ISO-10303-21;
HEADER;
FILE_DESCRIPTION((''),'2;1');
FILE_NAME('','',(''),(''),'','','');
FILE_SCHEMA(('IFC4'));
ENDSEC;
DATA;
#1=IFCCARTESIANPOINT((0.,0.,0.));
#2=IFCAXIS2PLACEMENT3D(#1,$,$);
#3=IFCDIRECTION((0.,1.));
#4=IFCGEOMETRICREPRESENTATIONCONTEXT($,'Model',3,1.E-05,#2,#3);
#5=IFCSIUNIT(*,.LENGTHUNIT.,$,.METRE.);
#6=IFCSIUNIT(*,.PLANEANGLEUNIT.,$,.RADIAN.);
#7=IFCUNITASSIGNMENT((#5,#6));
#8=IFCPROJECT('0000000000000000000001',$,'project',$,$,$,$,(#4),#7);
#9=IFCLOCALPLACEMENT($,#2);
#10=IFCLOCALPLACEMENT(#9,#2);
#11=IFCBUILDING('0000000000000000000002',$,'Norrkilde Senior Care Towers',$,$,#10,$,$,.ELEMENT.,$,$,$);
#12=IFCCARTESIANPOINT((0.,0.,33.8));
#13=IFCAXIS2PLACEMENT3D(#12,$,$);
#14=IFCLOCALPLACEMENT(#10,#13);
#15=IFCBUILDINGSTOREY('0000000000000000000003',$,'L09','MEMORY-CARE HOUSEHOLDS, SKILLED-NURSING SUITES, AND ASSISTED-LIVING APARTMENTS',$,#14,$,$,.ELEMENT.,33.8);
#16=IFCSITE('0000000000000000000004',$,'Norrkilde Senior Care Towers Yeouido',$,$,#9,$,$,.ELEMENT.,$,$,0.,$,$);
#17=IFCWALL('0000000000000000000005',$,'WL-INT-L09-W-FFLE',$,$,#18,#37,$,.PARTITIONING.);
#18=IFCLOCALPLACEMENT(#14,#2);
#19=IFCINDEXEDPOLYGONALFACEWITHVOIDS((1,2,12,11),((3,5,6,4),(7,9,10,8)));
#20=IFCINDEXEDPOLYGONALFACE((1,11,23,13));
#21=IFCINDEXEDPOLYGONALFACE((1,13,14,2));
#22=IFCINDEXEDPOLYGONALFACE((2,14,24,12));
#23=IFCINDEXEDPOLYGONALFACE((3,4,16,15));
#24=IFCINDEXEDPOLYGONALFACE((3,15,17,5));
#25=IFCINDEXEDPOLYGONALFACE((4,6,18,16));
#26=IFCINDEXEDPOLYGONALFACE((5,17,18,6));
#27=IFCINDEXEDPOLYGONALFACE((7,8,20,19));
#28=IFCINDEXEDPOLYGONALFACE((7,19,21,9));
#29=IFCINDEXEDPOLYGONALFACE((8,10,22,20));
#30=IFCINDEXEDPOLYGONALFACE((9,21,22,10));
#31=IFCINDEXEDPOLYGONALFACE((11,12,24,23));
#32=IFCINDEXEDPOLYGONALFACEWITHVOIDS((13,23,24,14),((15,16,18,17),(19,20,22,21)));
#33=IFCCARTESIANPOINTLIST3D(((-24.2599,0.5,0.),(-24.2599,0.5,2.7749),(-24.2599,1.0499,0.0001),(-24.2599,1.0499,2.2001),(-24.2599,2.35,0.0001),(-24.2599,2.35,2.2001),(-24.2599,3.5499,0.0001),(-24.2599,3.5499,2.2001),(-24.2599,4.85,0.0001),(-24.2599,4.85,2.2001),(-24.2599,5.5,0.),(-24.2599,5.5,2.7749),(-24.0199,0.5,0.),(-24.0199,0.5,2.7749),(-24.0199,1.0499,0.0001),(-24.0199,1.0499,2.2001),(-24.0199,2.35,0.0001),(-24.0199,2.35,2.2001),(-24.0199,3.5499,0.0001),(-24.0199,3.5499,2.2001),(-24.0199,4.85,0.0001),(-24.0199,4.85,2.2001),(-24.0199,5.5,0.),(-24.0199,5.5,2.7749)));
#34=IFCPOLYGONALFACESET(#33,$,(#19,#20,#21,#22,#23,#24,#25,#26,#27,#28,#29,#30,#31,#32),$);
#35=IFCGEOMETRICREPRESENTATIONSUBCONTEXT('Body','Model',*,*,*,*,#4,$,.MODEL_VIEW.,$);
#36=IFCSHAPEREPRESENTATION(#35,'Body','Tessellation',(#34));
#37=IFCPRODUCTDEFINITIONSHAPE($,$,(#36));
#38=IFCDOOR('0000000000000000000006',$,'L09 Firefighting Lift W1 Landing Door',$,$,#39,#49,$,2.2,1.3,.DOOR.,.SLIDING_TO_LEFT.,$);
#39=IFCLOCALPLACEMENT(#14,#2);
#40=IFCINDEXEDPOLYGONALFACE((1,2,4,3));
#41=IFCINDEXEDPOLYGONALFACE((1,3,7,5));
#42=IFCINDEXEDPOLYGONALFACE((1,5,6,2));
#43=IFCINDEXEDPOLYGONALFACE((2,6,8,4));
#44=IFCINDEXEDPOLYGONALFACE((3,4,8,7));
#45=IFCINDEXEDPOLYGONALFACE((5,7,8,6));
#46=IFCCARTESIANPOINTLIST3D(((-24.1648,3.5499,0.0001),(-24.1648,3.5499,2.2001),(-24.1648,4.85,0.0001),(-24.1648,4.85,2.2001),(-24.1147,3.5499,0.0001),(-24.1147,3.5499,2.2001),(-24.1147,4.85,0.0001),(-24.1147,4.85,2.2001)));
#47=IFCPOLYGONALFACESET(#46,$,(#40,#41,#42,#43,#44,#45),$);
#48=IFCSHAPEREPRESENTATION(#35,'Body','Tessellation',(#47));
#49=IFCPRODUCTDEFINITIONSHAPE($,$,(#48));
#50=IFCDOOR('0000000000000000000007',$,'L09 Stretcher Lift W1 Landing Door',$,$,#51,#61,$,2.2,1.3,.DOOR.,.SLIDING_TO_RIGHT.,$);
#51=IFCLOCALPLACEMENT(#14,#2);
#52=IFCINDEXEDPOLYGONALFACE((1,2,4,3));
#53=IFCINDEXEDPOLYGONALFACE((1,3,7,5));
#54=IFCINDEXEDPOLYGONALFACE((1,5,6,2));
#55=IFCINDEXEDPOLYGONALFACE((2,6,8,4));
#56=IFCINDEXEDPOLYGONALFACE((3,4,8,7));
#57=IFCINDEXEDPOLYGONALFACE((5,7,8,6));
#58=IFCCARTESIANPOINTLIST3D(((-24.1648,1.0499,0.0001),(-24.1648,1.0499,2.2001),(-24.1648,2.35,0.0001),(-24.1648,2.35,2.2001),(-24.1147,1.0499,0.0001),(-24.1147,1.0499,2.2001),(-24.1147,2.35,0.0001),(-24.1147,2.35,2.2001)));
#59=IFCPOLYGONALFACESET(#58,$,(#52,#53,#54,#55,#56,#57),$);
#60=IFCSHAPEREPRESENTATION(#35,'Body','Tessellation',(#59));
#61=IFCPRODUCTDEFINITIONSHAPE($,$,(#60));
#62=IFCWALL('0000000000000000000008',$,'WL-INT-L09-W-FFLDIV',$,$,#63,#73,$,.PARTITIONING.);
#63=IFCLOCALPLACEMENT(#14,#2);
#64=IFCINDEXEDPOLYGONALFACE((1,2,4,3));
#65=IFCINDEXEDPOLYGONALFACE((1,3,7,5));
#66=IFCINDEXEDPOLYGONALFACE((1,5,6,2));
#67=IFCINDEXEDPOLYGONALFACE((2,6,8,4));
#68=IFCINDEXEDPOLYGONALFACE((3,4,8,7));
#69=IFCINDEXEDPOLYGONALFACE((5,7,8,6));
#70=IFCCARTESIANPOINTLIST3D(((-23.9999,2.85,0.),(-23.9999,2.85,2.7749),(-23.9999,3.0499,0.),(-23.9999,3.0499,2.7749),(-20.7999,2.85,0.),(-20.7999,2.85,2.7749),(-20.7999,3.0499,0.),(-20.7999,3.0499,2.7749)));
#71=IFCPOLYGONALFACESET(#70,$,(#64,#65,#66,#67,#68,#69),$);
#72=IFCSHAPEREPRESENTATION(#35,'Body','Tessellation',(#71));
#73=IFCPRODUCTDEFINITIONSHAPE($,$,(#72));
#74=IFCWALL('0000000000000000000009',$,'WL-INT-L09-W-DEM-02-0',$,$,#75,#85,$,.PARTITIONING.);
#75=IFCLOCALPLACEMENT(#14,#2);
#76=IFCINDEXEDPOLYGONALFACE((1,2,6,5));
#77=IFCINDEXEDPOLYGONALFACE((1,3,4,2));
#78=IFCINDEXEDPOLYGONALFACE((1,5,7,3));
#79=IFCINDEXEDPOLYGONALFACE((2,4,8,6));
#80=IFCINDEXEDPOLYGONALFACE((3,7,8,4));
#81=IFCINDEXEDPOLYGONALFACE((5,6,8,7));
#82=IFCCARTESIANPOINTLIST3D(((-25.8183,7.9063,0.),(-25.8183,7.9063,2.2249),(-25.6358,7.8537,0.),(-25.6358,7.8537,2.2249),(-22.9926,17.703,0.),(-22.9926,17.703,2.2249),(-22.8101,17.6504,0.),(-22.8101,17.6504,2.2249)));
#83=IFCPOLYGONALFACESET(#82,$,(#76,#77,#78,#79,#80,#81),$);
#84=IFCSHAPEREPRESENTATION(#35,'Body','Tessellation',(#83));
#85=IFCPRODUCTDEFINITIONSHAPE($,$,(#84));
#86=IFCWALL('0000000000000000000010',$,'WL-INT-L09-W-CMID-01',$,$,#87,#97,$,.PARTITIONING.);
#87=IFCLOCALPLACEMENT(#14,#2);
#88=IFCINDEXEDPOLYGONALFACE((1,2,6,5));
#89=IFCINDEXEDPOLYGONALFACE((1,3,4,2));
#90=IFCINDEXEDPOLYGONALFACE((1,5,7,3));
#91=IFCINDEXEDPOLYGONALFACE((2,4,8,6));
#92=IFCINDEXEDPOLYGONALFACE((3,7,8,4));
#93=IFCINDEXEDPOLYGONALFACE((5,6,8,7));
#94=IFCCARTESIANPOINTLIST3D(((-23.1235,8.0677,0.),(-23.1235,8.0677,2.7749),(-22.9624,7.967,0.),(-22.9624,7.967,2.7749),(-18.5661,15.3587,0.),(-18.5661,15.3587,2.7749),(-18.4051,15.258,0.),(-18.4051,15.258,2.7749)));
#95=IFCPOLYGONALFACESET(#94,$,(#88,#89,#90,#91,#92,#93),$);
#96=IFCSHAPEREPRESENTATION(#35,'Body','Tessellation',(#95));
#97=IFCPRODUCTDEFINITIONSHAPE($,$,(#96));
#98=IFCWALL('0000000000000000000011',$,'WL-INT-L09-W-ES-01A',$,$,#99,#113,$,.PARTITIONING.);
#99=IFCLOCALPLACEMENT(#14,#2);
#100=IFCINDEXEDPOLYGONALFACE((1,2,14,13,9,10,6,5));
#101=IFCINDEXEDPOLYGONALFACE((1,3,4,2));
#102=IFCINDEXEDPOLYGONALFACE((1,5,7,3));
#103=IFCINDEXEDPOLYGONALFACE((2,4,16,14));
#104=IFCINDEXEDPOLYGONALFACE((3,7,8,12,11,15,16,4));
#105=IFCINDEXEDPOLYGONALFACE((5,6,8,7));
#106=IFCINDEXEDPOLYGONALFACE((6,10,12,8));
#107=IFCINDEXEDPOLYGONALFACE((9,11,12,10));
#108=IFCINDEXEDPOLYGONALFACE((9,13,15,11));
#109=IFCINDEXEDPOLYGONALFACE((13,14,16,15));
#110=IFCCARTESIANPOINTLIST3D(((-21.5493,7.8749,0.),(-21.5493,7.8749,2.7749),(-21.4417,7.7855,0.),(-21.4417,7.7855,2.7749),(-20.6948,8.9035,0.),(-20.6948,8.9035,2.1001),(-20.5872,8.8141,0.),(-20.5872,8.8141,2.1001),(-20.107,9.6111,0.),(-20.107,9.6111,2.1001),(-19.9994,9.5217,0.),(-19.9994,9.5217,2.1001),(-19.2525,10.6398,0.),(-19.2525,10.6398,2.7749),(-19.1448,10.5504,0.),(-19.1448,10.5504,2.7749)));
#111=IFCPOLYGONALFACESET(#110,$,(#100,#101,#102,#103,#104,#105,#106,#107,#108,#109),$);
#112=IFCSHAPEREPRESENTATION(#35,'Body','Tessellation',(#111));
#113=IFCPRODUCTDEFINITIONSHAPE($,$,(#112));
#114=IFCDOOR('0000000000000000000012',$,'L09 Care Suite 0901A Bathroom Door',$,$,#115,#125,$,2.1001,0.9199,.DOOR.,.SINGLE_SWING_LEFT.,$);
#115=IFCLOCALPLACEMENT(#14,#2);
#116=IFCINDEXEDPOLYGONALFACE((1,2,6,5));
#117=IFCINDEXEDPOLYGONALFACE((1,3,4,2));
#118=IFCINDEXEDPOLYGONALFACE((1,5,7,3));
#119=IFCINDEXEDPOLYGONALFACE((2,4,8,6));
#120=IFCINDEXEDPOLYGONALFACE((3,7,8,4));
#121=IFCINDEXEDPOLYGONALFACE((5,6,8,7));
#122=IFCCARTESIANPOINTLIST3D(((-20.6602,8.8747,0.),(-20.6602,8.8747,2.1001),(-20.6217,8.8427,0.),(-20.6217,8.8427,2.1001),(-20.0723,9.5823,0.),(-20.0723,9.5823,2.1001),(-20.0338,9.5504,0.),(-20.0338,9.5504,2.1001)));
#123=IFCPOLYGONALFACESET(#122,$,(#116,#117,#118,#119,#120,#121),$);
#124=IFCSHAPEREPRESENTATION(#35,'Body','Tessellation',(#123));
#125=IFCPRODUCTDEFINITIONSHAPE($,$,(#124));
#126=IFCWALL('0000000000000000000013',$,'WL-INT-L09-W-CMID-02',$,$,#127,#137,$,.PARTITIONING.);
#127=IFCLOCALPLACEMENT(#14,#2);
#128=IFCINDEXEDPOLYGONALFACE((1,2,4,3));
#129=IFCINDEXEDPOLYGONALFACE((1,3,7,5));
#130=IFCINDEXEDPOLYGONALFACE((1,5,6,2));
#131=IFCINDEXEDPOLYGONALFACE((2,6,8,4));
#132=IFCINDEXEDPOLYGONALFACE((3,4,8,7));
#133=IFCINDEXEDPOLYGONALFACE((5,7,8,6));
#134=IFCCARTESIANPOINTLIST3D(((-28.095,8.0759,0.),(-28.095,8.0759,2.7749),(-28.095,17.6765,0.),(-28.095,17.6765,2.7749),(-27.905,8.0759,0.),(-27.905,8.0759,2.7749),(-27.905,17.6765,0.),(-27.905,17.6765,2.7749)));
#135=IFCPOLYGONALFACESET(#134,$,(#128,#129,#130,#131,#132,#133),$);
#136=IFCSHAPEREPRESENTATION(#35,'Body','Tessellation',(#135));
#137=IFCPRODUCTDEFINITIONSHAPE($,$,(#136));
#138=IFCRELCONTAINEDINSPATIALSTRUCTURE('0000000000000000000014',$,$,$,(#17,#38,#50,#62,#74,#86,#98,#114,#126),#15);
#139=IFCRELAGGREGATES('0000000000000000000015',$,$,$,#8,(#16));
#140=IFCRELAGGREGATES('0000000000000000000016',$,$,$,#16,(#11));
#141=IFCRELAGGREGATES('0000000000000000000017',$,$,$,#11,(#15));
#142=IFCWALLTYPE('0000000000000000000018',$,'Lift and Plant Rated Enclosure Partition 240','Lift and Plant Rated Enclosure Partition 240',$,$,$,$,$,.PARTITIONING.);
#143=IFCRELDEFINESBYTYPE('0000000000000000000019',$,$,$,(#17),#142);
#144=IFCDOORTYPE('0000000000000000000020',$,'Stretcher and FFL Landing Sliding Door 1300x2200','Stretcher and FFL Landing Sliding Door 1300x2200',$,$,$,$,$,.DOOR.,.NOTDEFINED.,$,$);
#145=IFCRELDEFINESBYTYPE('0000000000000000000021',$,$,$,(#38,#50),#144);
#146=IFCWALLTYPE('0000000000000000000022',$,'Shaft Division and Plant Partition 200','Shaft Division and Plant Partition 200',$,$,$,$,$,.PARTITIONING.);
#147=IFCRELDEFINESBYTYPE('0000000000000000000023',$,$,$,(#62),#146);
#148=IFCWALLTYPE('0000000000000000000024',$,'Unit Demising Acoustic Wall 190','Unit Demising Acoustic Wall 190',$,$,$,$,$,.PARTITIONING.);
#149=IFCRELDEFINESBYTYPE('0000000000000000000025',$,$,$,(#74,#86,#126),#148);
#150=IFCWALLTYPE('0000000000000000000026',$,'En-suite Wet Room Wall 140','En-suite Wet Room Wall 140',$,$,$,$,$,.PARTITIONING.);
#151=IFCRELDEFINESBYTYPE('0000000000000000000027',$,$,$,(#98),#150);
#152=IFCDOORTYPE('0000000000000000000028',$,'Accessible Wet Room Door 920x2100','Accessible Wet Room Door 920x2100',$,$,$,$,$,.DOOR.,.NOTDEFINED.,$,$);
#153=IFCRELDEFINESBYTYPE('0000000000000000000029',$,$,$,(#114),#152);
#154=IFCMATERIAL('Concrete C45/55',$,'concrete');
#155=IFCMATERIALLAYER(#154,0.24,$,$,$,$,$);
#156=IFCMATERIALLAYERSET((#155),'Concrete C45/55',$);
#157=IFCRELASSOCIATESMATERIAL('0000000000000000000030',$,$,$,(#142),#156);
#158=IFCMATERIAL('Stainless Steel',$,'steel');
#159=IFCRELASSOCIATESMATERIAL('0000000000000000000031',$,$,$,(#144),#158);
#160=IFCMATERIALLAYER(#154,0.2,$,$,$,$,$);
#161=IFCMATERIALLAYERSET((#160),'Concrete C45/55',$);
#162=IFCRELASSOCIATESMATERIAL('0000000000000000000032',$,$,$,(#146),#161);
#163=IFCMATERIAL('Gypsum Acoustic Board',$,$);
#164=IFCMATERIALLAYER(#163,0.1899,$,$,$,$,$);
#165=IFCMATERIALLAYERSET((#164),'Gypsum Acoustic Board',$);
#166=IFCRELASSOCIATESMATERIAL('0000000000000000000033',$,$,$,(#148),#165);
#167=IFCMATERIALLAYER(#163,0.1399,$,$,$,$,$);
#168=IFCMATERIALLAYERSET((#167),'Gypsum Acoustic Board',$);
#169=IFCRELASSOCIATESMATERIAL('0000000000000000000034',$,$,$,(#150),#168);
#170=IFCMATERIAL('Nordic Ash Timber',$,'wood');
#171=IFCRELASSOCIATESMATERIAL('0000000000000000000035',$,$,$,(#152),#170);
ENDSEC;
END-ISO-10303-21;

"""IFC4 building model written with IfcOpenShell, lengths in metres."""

from ifc_helpers import new_model, si_unit, direction, frame, frame_2d, origin, place, context, subcontext, project, spatial, rectangle, extrude, source, transform, mapped, material, layer, layer_set, type_object, type_shapes, element, fill, save


model = new_model("IFC4")

# Units and contexts
model_context = context("Model", 3, precision=1e-05, world=origin(), true_north=direction((0.0, 1.0)))
body_context = subcontext(model_context, "Body", "Model", "MODEL_VIEW")
ifc_project = project(units=[si_unit("LENGTHUNIT", "METRE"), si_unit("PLANEANGLEUNIT", "RADIAN")], contexts=[model_context])

# Site, building, storey
site_placement = place(None, origin())
site = spatial("IfcSite", under=ifc_project, at=site_placement, Name="Norrkilde Senior Care Towers Yeouido", CompositionType="ELEMENT", RefElevation=0.0)
building_placement = place(site_placement, origin())
building = spatial("IfcBuilding", under=site, at=building_placement, Name="Norrkilde Senior Care Towers", CompositionType="ELEMENT")
storey_placement = place(building_placement, frame((0.0, 0.0, 33.8)))
storey = spatial("IfcBuildingStorey", under=building, at=storey_placement, Name="L09", Description="MEMORY-CARE HOUSEHOLDS, SKILLED-NURSING SUITES, AND ASSISTED-LIVING APARTMENTS", CompositionType="ELEMENT", Elevation=33.8)

# Wall, openings, doors
ifc_material_1 = material(Name="Concrete C45/55", Category="concrete")
ifc_layer_1 = layer(ifc_material_1, 0.24)
ifc_layer_set_1 = layer_set([ifc_layer_1], Name="Concrete C45/55")
wall_type_1 = type_object("IfcWallType", Name="Lift and Plant Rated Enclosure Partition 240", Description="Lift and Plant Rated Enclosure Partition 240", PredefinedType="PARTITIONING", material=ifc_layer_set_1)
shared_shape_1 = source(origin(), body_context, "Body", "SweptSolid", [
    extrude(rectangle(XDim=5.0, YDim=0.24, at=frame_2d((2.5, 0.0))), origin(), (0.0, 0.0, 1.0), 2.7749),
])
type_shapes(wall_type_1, [shared_shape_1])
wall_1_placement = place(storey_placement, frame((-24.1399, 0.5, 0.0), z_axis=(0.0, 0.0, 1.0), x_axis=(0.0, 1.0, 0.0)))
wall_1 = element("IfcWall", 1, at=wall_1_placement, inside=storey, type_object=wall_type_1, Name="WL-INT-L09-W-FFLE", PredefinedType="PARTITIONING", context=body_context, shape_type="MappedRepresentation", body=[
    mapped(shared_shape_1, transform((0.0, 0.0, 0.0), x_axis=(1.0, 0.0, 0.0), y_axis=(0.0, 1.0, 0.0), z_axis=(0.0, 0.0, 1.0), scale=1.0)),
])
opening_1_placement = place(wall_1_placement, frame((3.05, 0.0, 0.0)))
opening_1 = element("IfcOpeningElement", 2, at=opening_1_placement, cuts=wall_1, PredefinedType="OPENING", context=body_context, shape_type="SweptSolid", body=[
    extrude(rectangle(XDim=1.3, YDim=2.2, at=frame_2d((0.6499, 1.1001))), frame((0.0, 0.1299, 0.0), z_axis=(0.0, -1.0, 0.0), x_axis=(1.0, 0.0, 0.0)), (0.0, 0.0, 1.0), 0.26),
])
opening_2_placement = place(wall_1_placement, frame((0.55, 0.0, 0.0)))
opening_2 = element("IfcOpeningElement", 3, at=opening_2_placement, cuts=wall_1, PredefinedType="OPENING", context=body_context, shape_type="SweptSolid", body=[
    extrude(rectangle(XDim=1.3, YDim=2.2, at=frame_2d((0.6499, 1.1001))), frame((0.0, 0.1299, 0.0), z_axis=(0.0, -1.0, 0.0), x_axis=(1.0, 0.0, 0.0)), (0.0, 0.0, 1.0), 0.26),
])
ifc_material_2 = material(Name="Stainless Steel", Category="steel")
door_type_1 = type_object("IfcDoorType", Name="Stretcher and FFL Landing Sliding Door 1300x2200", Description="Stretcher and FFL Landing Sliding Door 1300x2200", OperationType="NOTDEFINED", PredefinedType="DOOR", material=ifc_material_2)
shared_shape_2 = source(origin(), body_context, "Body", "SweptSolid", [
    extrude(rectangle(XDim=1.3, YDim=2.2, at=frame_2d((0.6499, 1.1001))), frame((0.0, 0.0249, 0.0), z_axis=(0.0, -1.0, 0.0), x_axis=(1.0, 0.0, 0.0)), (0.0, 0.0, 1.0), 0.05),
])
type_shapes(door_type_1, [shared_shape_2])
door_1_placement = place(opening_1_placement, origin())
door_1 = element("IfcDoor", 4, at=door_1_placement, inside=storey, type_object=door_type_1, Name="L09 Firefighting Lift W1 Landing Door", OperationType="SLIDING_TO_LEFT", OverallHeight=2.2, OverallWidth=1.3, PredefinedType="DOOR", context=body_context, shape_type="MappedRepresentation", body=[
    mapped(shared_shape_2, transform((0.0, 0.0, 0.0), x_axis=(1.0, 0.0, 0.0), y_axis=(0.0, 1.0, 0.0), z_axis=(0.0, 0.0, 1.0), scale=1.0)),
])
fill(opening_1, door_1)
door_2_placement = place(opening_2_placement, origin())
door_2 = element("IfcDoor", 5, at=door_2_placement, inside=storey, type_object=door_type_1, Name="L09 Stretcher Lift W1 Landing Door", OperationType="SLIDING_TO_RIGHT", OverallHeight=2.2, OverallWidth=1.3, PredefinedType="DOOR", context=body_context, shape_type="MappedRepresentation", body=[
    mapped(shared_shape_2, transform((0.0, 0.0, 0.0), x_axis=(1.0, 0.0, 0.0), y_axis=(0.0, 1.0, 0.0), z_axis=(0.0, 0.0, 1.0), scale=1.0)),
])
fill(opening_2, door_2)

# Wall
ifc_layer_2 = layer(ifc_material_1, 0.2)
ifc_layer_set_2 = layer_set([ifc_layer_2], Name="Concrete C45/55")
wall_type_2 = type_object("IfcWallType", Name="Shaft Division and Plant Partition 200", Description="Shaft Division and Plant Partition 200", PredefinedType="PARTITIONING", material=ifc_layer_set_2)
shared_shape_3 = source(origin(), body_context, "Body", "SweptSolid", [
    extrude(rectangle(XDim=3.2, YDim=0.2, at=frame_2d((1.6001, 0.0))), origin(), (0.0, 0.0, 1.0), 2.7749),
])
type_shapes(wall_type_2, [shared_shape_3])
wall_2_placement = place(storey_placement, frame((-24.0, 2.95, 0.0), z_axis=(0.0, 0.0, 1.0), x_axis=(1.0, 0.0, 0.0)))
element("IfcWall", 6, at=wall_2_placement, inside=storey, type_object=wall_type_2, Name="WL-INT-L09-W-FFLDIV", PredefinedType="PARTITIONING", context=body_context, shape_type="MappedRepresentation", body=[
    mapped(shared_shape_3, transform((0.0, 0.0, 0.0), x_axis=(1.0, 0.0, 0.0), y_axis=(0.0, 1.0, 0.0), z_axis=(0.0, 0.0, 1.0), scale=1.0)),
])

# Walls
ifc_material_3 = material(Name="Gypsum Acoustic Board")
ifc_layer_3 = layer(ifc_material_3, 0.1899)
ifc_layer_set_3 = layer_set([ifc_layer_3], Name="Gypsum Acoustic Board")
wall_type_3 = type_object("IfcWallType", Name="Unit Demising Acoustic Wall 190", Description="Unit Demising Acoustic Wall 190", PredefinedType="PARTITIONING", material=ifc_layer_set_3)
shared_shape_4 = source(origin(), body_context, "Body", "SweptSolid", [
    extrude(rectangle(XDim=10.196, YDim=0.1899, at=frame_2d((5.0981, 0.0))), origin(), (0.0, 0.0, 1.0), 2.2249),
])
wall_3_placement = place(storey_placement, frame((-25.7271, 7.8799, 0.0), z_axis=(0.0, 0.0, 1.0), x_axis=(0.277136, 0.960831, 0.0)))
element("IfcWall", 7, at=wall_3_placement, inside=storey, type_object=wall_type_3, Name="WL-INT-L09-W-DEM-02-0", PredefinedType="PARTITIONING", context=body_context, shape_type="MappedRepresentation", body=[
    mapped(shared_shape_4, transform((0.0, 0.0, 0.0), x_axis=(1.0, 0.0, 0.0), y_axis=(0.0, 1.0, 0.0), z_axis=(0.0, 0.0, 1.0), scale=1.0)),
])
shared_shape_5 = source(origin(), body_context, "Body", "SweptSolid", [
    extrude(rectangle(XDim=8.5981, YDim=0.1899, at=frame_2d((4.2991, 0.0))), origin(), (0.0, 0.0, 1.0), 2.7749),
])
wall_4_placement = place(storey_placement, frame((-23.043, 8.0173, 0.0), z_axis=(0.0, 0.0, 1.0), x_axis=(0.53004, 0.847973, 0.0)))
element("IfcWall", 8, at=wall_4_placement, inside=storey, type_object=wall_type_3, Name="WL-INT-L09-W-CMID-01", PredefinedType="PARTITIONING", context=body_context, shape_type="MappedRepresentation", body=[
    mapped(shared_shape_5, transform((0.0, 0.0, 0.0), x_axis=(1.0, 0.0, 0.0), y_axis=(0.0, 1.0, 0.0), z_axis=(0.0, 0.0, 1.0), scale=1.0)),
])

# Wall, opening, door
ifc_layer_4 = layer(ifc_material_3, 0.1399)
ifc_layer_set_4 = layer_set([ifc_layer_4], Name="Gypsum Acoustic Board")
wall_type_4 = type_object("IfcWallType", Name="En-suite Wet Room Wall 140", Description="En-suite Wet Room Wall 140", PredefinedType="PARTITIONING", material=ifc_layer_set_4)
shared_shape_6 = source(origin(), body_context, "Body", "SweptSolid", [
    extrude(rectangle(XDim=3.5945, YDim=0.1399, at=frame_2d((1.7974, 0.0))), origin(), (0.0, 0.0, 1.0), 2.7749),
])
wall_5_placement = place(storey_placement, frame((-21.4956, 7.8301, 0.0), z_axis=(0.0, 0.0, 1.0), x_axis=(0.639001, 0.769206, 0.0)))
wall_5 = element("IfcWall", 9, at=wall_5_placement, inside=storey, type_object=wall_type_4, Name="WL-INT-L09-W-ES-01A", PredefinedType="PARTITIONING", context=body_context, shape_type="MappedRepresentation", body=[
    mapped(shared_shape_6, transform((0.0, 0.0, 0.0), x_axis=(1.0, 0.0, 0.0), y_axis=(0.0, 1.0, 0.0), z_axis=(0.0, 0.0, 1.0), scale=1.0)),
])
opening_3_placement = place(wall_5_placement, frame((1.3374, 0.0, 0.0)))
opening_3 = element("IfcOpeningElement", 10, at=opening_3_placement, cuts=wall_5, PredefinedType="OPENING", context=body_context, shape_type="SweptSolid", body=[
    extrude(rectangle(XDim=0.9199, YDim=2.1001, at=frame_2d((0.46, 1.05))), frame((0.0, 0.0798, 0.0), z_axis=(0.0, -1.0, 0.0), x_axis=(1.0, 0.0, 0.0)), (0.0, 0.0, 1.0), 0.1599),
])
ifc_material_4 = material(Name="Nordic Ash Timber", Category="wood")
door_type_2 = type_object("IfcDoorType", Name="Accessible Wet Room Door 920x2100", Description="Accessible Wet Room Door 920x2100", OperationType="NOTDEFINED", PredefinedType="DOOR", material=ifc_material_4)
shared_shape_7 = source(origin(), body_context, "Body", "SweptSolid", [
    extrude(rectangle(XDim=0.9199, YDim=2.1001, at=frame_2d((0.46, 1.05))), frame((0.0, 0.0249, 0.0), z_axis=(0.0, -1.0, 0.0), x_axis=(1.0, 0.0, 0.0)), (0.0, 0.0, 1.0), 0.05),
])
type_shapes(door_type_2, [shared_shape_7])
door_3_placement = place(opening_3_placement, origin())
door_3 = element("IfcDoor", 11, at=door_3_placement, inside=storey, type_object=door_type_2, Name="L09 Care Suite 0901A Bathroom Door", OperationType="SINGLE_SWING_LEFT", OverallHeight=2.1001, OverallWidth=0.9199, PredefinedType="DOOR", context=body_context, shape_type="MappedRepresentation", body=[
    mapped(shared_shape_7, transform((0.0, 0.0, 0.0), x_axis=(1.0, 0.0, 0.0), y_axis=(0.0, 1.0, 0.0), z_axis=(0.0, 0.0, 1.0), scale=1.0)),
])
fill(opening_3, door_3)

# Wall
shared_shape_8 = source(origin(), body_context, "Body", "SweptSolid", [
    extrude(rectangle(XDim=9.6006, YDim=0.1899, at=frame_2d((4.8003, 0.0))), origin(), (0.0, 0.0, 1.0), 2.7749),
])
type_shapes(wall_type_3, [shared_shape_4, shared_shape_5, shared_shape_8])
wall_6_placement = place(storey_placement, frame((-28.0, 8.0759, 0.0), z_axis=(0.0, 0.0, 1.0), x_axis=(0.0, 1.0, 0.0)))
element("IfcWall", 12, at=wall_6_placement, inside=storey, type_object=wall_type_3, Name="WL-INT-L09-W-CMID-02", PredefinedType="PARTITIONING", context=body_context, shape_type="MappedRepresentation", body=[
    mapped(shared_shape_8, transform((0.0, 0.0, 0.0), x_axis=(1.0, 0.0, 0.0), y_axis=(0.0, 1.0, 0.0), z_axis=(0.0, 0.0, 1.0), scale=1.0)),
])

save(model, "model.ifc")
